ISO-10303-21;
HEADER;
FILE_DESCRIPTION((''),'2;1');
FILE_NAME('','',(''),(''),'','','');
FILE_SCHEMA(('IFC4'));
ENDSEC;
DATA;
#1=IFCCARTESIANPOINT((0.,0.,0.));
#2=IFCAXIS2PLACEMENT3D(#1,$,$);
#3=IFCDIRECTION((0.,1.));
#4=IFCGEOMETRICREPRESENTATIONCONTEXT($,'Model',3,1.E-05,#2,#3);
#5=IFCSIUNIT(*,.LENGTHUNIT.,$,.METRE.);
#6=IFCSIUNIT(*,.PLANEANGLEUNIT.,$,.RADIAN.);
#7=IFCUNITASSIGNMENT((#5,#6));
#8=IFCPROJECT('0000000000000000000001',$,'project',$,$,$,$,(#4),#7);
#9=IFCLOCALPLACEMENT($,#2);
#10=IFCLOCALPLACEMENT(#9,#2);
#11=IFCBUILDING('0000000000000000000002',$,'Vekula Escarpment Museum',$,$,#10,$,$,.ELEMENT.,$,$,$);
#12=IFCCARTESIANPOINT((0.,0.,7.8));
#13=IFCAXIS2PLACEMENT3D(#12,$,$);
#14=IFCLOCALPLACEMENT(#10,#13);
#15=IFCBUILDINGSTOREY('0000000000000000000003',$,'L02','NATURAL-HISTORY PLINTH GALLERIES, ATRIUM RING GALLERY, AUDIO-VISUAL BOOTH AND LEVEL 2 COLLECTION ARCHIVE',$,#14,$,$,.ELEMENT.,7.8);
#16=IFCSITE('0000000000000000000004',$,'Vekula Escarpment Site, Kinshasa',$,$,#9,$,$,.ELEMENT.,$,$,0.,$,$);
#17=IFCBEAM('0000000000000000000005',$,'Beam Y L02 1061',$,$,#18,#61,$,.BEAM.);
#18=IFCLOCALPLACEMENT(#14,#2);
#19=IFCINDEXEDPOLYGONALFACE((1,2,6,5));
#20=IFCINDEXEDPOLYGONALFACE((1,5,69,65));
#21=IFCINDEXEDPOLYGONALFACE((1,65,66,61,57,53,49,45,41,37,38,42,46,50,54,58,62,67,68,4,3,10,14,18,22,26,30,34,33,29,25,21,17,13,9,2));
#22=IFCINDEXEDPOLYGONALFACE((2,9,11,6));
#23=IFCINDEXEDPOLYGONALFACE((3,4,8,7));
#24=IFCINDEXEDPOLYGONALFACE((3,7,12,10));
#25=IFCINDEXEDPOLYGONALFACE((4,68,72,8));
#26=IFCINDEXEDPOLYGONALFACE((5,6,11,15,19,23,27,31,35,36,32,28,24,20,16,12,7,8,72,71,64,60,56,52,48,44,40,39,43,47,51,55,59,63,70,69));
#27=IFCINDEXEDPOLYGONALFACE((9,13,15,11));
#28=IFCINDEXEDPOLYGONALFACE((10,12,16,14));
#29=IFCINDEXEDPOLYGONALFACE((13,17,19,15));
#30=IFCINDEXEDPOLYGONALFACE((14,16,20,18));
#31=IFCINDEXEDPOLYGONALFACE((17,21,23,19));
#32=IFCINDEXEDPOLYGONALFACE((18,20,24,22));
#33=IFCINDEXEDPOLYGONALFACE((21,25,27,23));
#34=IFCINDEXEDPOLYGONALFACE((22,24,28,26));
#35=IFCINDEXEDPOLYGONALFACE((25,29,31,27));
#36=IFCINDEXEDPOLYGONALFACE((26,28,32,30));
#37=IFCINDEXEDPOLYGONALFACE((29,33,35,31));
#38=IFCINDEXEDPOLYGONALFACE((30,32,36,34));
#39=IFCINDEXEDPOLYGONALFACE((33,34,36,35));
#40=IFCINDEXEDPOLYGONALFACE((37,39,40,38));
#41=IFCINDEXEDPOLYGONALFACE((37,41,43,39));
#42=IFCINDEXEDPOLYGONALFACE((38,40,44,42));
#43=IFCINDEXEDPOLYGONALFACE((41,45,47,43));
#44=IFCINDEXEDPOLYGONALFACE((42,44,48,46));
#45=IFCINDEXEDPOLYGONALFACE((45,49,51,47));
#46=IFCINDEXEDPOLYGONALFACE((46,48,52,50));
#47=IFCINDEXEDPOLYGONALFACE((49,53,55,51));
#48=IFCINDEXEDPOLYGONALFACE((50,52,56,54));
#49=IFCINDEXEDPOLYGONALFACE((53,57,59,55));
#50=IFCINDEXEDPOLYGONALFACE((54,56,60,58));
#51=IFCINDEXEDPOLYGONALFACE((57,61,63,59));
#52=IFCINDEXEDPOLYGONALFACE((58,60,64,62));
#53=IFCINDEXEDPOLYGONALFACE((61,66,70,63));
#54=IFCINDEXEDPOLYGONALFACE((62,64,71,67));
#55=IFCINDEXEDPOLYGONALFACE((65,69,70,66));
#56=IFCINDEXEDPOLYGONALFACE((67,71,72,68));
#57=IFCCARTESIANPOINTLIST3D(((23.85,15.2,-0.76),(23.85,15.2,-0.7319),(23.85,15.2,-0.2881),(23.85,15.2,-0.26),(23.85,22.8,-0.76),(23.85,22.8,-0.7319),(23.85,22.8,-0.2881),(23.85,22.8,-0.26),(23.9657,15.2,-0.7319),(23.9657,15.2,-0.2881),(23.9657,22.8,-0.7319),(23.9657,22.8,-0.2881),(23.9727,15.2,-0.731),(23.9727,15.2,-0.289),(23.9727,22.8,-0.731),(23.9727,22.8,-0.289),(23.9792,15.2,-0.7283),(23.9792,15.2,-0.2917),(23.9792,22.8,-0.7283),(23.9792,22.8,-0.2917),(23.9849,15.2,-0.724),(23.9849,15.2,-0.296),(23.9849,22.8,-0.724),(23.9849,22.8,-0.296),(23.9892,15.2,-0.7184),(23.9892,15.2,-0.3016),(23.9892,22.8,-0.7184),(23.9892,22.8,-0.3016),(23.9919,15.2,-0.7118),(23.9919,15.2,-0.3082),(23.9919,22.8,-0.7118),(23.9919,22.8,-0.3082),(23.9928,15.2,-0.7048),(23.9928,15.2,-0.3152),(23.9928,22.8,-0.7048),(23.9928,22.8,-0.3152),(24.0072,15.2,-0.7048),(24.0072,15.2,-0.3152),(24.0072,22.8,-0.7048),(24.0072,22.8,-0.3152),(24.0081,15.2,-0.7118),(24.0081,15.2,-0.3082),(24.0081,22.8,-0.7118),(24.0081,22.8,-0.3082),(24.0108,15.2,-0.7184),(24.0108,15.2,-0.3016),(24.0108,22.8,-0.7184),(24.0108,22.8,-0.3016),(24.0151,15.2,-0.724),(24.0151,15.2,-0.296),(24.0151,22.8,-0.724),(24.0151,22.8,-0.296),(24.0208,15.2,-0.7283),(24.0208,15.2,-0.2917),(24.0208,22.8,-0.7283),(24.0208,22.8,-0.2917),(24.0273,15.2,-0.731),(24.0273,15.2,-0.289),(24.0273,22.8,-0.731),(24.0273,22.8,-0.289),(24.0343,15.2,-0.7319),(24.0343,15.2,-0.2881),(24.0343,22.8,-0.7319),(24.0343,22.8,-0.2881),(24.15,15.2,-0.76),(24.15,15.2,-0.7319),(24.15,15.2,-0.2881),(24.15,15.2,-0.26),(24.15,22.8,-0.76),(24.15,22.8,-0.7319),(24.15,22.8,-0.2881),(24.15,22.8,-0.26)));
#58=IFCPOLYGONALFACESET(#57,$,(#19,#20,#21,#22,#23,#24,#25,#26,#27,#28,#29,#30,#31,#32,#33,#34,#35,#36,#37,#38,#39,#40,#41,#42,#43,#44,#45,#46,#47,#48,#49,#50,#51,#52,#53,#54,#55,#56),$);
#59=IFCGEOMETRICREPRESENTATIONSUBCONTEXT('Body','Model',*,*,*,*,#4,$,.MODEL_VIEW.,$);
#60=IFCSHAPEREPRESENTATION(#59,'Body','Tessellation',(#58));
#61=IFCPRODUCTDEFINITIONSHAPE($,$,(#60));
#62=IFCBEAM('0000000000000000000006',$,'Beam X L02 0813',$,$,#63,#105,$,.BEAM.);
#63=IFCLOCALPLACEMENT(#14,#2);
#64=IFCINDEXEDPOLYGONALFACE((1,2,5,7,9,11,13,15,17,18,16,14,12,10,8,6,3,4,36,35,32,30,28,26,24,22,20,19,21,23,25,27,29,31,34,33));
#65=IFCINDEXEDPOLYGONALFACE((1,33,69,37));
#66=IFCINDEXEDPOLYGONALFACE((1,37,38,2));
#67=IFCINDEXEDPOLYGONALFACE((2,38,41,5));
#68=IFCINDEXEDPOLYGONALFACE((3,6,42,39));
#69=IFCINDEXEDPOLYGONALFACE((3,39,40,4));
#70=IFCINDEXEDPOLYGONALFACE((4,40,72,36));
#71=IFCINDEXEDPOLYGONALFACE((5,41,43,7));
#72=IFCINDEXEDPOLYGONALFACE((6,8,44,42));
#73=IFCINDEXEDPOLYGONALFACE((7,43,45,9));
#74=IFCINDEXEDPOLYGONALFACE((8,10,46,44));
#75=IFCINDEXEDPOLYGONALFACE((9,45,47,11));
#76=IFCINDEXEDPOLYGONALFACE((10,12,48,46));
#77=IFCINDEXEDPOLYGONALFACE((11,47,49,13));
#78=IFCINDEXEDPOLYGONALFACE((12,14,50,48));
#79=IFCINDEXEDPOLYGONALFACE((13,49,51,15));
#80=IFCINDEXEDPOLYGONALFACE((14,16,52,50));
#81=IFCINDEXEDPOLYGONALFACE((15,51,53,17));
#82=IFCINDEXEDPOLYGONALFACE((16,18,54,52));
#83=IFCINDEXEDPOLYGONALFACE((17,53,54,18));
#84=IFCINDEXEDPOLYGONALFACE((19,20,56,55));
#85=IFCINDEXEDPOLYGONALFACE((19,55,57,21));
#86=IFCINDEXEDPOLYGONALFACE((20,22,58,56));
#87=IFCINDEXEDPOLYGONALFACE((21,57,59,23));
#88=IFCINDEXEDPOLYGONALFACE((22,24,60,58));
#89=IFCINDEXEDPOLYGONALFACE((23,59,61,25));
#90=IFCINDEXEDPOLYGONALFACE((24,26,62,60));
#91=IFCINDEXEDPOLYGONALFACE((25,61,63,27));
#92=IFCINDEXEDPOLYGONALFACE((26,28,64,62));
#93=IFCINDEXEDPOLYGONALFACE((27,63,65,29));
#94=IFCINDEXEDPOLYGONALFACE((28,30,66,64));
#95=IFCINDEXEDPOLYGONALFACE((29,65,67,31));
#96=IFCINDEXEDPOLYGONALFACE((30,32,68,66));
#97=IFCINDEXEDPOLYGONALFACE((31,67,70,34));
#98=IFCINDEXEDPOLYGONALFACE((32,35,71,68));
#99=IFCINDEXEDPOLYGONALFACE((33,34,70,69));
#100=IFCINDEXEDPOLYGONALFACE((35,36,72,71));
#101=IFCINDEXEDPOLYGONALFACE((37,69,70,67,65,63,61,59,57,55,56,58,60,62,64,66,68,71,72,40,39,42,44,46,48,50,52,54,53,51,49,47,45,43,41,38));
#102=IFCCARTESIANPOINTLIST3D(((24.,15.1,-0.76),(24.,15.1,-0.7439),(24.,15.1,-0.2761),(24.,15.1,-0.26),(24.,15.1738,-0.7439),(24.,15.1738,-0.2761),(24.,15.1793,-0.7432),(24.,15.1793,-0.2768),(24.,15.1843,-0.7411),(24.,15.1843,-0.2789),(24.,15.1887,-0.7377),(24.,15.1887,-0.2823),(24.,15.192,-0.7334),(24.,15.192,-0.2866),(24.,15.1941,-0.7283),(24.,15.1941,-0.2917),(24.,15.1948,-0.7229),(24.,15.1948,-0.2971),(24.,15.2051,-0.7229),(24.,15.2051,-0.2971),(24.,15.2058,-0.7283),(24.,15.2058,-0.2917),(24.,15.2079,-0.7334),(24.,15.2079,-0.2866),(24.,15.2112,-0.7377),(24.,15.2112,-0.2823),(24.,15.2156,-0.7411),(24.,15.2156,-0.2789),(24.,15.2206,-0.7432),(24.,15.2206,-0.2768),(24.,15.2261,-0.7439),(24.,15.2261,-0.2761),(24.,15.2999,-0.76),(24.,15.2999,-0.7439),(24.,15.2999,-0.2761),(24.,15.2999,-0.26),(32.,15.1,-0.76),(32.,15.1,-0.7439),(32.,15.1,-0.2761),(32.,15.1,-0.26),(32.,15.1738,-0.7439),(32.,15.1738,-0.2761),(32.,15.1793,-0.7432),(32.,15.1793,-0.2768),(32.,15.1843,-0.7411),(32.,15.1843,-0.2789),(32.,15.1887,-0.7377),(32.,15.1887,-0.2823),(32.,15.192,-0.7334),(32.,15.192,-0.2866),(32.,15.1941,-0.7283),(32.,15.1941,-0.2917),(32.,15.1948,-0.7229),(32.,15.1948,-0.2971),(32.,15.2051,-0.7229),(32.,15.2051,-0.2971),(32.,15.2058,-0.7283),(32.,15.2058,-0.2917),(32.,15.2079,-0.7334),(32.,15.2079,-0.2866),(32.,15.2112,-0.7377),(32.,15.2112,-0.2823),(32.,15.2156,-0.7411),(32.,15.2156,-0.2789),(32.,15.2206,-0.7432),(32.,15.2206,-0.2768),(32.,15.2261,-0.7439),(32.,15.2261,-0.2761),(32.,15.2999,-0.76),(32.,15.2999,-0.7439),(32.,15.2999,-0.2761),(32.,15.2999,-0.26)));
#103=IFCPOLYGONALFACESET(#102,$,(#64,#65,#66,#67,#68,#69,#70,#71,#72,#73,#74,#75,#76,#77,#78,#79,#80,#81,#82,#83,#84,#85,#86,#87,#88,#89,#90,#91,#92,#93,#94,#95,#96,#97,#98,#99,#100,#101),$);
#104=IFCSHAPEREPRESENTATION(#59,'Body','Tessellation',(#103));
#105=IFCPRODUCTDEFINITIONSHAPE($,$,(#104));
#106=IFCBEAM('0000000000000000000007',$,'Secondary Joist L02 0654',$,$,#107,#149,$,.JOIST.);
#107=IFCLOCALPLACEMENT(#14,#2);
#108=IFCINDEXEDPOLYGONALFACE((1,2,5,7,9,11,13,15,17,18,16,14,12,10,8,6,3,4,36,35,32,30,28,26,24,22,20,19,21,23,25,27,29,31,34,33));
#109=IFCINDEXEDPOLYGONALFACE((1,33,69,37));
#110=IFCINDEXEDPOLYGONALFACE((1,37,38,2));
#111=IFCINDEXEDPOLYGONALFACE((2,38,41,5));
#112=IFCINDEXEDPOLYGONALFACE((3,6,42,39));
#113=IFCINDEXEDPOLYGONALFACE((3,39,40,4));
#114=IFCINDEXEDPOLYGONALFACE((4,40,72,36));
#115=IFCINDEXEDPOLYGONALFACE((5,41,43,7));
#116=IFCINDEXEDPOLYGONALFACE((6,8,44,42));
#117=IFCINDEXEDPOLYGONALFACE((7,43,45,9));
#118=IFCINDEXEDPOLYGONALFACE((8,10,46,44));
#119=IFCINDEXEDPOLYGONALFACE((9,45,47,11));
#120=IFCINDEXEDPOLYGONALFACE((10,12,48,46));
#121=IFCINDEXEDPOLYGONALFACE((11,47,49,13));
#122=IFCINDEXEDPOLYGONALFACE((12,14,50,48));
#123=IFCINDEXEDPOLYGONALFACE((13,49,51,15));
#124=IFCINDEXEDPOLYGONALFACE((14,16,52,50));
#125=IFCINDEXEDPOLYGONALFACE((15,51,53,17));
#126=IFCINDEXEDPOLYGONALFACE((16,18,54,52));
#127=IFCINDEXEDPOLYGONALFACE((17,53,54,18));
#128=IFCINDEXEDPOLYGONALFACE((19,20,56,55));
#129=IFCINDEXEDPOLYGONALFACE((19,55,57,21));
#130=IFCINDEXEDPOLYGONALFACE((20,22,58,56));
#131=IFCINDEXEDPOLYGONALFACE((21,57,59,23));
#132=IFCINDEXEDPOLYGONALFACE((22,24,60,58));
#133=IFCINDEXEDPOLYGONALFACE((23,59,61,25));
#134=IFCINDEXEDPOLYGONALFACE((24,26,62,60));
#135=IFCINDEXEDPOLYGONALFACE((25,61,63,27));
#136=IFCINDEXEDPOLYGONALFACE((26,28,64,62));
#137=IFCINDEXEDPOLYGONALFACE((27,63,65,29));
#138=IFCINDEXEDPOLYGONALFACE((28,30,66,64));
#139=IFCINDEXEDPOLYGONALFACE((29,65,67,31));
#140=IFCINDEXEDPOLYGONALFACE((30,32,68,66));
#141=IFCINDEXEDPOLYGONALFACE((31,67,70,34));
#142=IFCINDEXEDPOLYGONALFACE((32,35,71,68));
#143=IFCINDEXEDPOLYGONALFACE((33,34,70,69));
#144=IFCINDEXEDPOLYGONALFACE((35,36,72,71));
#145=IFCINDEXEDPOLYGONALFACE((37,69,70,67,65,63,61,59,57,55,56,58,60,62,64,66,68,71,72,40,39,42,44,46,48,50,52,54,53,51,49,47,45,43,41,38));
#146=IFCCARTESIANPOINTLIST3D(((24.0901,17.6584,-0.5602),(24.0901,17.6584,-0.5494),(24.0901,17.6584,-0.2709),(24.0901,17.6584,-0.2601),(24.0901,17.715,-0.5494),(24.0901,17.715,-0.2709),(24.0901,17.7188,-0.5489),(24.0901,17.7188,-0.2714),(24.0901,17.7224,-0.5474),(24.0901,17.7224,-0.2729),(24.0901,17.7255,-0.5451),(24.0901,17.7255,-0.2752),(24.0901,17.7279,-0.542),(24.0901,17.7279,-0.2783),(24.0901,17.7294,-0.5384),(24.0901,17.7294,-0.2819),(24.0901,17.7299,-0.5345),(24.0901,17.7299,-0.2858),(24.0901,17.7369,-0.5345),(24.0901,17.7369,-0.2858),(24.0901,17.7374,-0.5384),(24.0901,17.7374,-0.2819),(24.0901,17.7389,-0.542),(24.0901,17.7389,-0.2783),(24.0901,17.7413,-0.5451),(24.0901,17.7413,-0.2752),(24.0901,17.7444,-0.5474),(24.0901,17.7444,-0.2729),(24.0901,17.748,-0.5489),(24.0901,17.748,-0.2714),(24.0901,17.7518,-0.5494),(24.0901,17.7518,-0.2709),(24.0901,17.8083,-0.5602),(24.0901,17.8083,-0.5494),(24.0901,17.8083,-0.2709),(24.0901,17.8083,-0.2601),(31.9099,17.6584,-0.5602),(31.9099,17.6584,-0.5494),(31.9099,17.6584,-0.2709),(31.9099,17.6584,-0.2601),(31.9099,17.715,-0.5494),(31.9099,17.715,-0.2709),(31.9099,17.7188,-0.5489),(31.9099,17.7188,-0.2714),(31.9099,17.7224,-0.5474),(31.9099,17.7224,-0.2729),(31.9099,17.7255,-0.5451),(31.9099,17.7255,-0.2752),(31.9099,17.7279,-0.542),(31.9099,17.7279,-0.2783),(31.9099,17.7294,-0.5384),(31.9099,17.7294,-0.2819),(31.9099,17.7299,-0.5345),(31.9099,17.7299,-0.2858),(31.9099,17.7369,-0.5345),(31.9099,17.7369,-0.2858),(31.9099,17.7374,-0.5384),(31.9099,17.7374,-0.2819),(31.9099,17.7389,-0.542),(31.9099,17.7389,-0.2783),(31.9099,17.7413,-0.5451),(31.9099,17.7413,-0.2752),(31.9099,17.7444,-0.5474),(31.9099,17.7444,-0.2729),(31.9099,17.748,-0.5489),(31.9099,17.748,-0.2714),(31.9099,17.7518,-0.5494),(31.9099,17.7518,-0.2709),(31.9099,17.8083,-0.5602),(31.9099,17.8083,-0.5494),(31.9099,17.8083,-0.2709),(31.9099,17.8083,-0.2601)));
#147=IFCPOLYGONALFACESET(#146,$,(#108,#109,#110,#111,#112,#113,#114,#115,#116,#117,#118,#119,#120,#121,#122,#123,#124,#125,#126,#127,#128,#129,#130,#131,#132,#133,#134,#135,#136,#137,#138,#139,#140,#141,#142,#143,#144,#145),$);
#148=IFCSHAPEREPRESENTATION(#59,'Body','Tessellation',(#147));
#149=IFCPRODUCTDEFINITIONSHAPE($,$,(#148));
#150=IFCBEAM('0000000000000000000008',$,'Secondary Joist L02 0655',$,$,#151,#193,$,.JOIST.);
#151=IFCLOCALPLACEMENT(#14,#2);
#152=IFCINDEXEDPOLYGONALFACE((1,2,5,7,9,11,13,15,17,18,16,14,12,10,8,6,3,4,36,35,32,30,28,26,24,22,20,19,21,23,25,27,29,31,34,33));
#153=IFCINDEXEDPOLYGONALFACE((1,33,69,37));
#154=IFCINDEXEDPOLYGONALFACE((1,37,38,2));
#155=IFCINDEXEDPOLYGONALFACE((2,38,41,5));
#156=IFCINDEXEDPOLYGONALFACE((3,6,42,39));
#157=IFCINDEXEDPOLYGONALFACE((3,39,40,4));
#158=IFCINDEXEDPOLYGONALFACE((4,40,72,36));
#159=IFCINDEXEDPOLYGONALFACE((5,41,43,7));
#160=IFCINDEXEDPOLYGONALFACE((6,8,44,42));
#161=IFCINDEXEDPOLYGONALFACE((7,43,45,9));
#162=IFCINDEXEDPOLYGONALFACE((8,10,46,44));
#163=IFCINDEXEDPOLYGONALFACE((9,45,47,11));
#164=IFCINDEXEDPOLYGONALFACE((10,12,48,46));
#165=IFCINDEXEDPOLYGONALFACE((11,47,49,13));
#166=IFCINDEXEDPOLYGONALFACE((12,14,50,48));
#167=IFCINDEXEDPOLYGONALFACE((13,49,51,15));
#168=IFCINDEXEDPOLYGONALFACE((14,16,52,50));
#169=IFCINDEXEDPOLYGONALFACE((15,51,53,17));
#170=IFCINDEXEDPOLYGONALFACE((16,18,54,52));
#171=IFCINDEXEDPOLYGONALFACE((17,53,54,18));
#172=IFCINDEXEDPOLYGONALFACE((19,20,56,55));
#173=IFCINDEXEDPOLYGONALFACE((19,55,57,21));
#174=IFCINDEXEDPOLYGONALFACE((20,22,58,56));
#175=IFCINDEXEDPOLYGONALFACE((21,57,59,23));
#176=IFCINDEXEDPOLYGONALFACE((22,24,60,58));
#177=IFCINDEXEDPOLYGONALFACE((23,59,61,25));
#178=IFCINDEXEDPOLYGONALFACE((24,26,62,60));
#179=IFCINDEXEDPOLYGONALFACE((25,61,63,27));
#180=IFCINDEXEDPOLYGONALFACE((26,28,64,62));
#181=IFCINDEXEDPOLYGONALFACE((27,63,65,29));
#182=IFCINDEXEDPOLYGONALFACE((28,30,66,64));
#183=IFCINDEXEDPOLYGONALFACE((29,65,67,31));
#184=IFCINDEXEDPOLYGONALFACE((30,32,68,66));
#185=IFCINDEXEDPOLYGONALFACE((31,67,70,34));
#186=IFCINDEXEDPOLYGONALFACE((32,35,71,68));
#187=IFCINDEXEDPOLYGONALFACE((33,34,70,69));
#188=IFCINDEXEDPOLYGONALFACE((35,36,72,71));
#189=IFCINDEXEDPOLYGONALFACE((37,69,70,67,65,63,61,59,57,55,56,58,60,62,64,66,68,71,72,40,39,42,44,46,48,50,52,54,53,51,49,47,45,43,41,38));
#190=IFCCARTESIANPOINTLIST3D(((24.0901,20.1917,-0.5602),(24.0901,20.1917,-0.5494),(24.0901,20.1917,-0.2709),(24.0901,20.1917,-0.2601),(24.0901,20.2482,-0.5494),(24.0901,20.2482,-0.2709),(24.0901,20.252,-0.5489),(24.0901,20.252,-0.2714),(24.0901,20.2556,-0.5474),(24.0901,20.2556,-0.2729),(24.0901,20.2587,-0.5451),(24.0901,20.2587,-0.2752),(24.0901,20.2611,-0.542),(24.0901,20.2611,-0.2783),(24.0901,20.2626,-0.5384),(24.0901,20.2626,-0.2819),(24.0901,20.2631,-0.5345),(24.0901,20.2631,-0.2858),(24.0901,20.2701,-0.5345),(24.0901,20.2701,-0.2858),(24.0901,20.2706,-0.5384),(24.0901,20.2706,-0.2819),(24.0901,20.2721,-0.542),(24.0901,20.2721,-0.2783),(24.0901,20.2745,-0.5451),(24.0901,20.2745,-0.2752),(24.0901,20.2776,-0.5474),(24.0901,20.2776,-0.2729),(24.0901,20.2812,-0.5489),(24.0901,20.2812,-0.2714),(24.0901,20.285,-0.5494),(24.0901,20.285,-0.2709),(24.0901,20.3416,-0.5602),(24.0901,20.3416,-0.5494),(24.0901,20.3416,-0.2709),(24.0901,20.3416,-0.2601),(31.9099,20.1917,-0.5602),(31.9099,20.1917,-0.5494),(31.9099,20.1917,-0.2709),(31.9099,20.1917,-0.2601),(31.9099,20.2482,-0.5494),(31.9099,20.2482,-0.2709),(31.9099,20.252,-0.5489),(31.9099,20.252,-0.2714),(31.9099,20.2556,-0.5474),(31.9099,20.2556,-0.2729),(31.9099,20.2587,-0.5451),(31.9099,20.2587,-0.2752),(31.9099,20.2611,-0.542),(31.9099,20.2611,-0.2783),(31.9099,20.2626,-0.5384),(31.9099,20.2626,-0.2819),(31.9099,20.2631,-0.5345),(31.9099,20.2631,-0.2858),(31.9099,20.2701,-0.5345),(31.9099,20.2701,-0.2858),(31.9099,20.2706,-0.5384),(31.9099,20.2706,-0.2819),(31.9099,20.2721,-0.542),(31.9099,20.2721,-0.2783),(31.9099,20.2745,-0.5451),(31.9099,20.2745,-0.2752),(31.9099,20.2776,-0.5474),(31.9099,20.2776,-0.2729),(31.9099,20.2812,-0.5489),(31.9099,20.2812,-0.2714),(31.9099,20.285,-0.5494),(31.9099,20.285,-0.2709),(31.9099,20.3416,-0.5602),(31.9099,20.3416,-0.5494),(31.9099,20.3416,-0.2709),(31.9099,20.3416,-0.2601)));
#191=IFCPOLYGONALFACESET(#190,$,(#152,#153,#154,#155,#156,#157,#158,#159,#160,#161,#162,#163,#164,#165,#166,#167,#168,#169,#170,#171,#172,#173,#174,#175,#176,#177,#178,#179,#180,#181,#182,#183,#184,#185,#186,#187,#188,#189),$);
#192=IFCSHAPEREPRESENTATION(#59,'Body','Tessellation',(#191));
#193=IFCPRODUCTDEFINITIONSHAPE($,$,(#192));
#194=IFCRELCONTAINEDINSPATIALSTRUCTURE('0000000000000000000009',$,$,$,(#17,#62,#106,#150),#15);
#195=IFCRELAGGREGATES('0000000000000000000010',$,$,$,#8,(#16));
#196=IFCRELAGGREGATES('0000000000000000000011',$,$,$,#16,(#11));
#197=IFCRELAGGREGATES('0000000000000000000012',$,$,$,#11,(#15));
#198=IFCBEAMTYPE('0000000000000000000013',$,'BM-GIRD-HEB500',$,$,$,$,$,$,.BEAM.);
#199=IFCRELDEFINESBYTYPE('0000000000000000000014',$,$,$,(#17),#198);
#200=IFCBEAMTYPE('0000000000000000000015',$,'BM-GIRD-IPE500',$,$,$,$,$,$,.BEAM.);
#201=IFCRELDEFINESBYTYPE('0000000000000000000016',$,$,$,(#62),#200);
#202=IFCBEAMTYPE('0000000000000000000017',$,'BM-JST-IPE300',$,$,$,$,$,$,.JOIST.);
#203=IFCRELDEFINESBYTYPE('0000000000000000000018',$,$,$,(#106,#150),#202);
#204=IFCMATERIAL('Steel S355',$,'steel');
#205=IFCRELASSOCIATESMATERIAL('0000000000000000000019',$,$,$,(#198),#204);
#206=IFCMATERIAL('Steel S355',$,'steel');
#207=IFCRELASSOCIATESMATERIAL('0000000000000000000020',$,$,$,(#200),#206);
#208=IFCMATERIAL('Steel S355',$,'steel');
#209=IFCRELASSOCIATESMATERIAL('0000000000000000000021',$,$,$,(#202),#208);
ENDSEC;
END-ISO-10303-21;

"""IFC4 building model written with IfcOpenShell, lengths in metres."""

from ifc_helpers import new_model, si_unit, direction, frame, origin, origin_2d, place, context, subcontext, project, spatial, i_section, extrude, material, material_profile, profile_set, type_object, element, save


model = new_model("IFC4")

# Units and contexts
model_context = context("Model", 3, precision=1e-05, world=origin(), true_north=direction((0.0, 1.0)))
body_context = subcontext(model_context, "Body", "Model", "MODEL_VIEW")
ifc_project = project(units=[si_unit("LENGTHUNIT", "METRE"), si_unit("PLANEANGLEUNIT", "RADIAN")], contexts=[model_context])

# Site, building, storey
site_placement = place(None, origin())
site = spatial("IfcSite", under=ifc_project, at=site_placement, Name="Vekula Escarpment Site, Kinshasa", CompositionType="ELEMENT", RefElevation=0.0)
building_placement = place(site_placement, origin())
building = spatial("IfcBuilding", under=site, at=building_placement, Name="Vekula Escarpment Museum", CompositionType="ELEMENT")
storey_placement = place(building_placement, frame((0.0, 0.0, 7.8)))
storey = spatial("IfcBuildingStorey", under=building, at=storey_placement, Name="L02", Description="NATURAL-HISTORY PLINTH GALLERIES, ATRIUM RING GALLERY, AUDIO-VISUAL BOOTH AND LEVEL 2 COLLECTION ARCHIVE", CompositionType="ELEMENT", Elevation=7.8)

# Beams
ifc_material_1 = material(Name="Steel S355", Category="steel")
ifc_material_profile_1 = material_profile(ifc_material_1, i_section(OverallWidth=0.3, OverallDepth=0.5, WebThickness=0.0144, FlangeThickness=0.0281, FilletRadius=0.0271, at=origin_2d()), Name="HEB 500")
ifc_profile_set_1 = profile_set([ifc_material_profile_1], Name="Steel S355")
beam_type_1 = type_object("IfcBeamType", Name="BM-GIRD-HEB500", PredefinedType="BEAM", material=ifc_profile_set_1)
beam_1_placement = place(storey_placement, frame((24.0, 15.2, -0.51), z_axis=(0.0, 1.0, 0.0), x_axis=(-1.0, 0.0, 0.0)))
element("IfcBeam", 1, at=beam_1_placement, inside=storey, type_object=beam_type_1, Name="Beam Y L02 1061", PredefinedType="BEAM", context=body_context, shape_type="SweptSolid", body=[
    extrude(i_section(OverallWidth=0.3, OverallDepth=0.5, WebThickness=0.0144, FlangeThickness=0.0281, FilletRadius=0.0271, at=origin_2d()), origin(), (0.0, 0.0, 1.0), 7.6001),
])
ifc_material_2 = material(Name="Steel S355", Category="steel")
ifc_material_profile_2 = material_profile(ifc_material_2, i_section(OverallWidth=0.2, OverallDepth=0.5, WebThickness=0.0103, FlangeThickness=0.0161, FilletRadius=0.021, at=origin_2d()), Name="IPE 500")
ifc_profile_set_2 = profile_set([ifc_material_profile_2], Name="Steel S355")
beam_type_2 = type_object("IfcBeamType", Name="BM-GIRD-IPE500", PredefinedType="BEAM", material=ifc_profile_set_2)
beam_2_placement = place(storey_placement, frame((24.0, 15.2, -0.51), z_axis=(1.0, 0.0, 0.0), x_axis=(0.0, 1.0, 0.0)))
element("IfcBeam", 2, at=beam_2_placement, inside=storey, type_object=beam_type_2, Name="Beam X L02 0813", PredefinedType="BEAM", context=body_context, shape_type="SweptSolid", body=[
    extrude(i_section(OverallWidth=0.2, OverallDepth=0.5, WebThickness=0.0103, FlangeThickness=0.0161, FilletRadius=0.021, at=origin_2d()), origin(), (0.0, 0.0, 1.0), 8.0),
])
ifc_material_3 = material(Name="Steel S355", Category="steel")
ifc_material_profile_3 = material_profile(ifc_material_3, i_section(OverallWidth=0.1499, OverallDepth=0.3, WebThickness=0.0071, FlangeThickness=0.0107, FilletRadius=0.0149, at=origin_2d()), Name="IPE 300")
ifc_profile_set_3 = profile_set([ifc_material_profile_3], Name="Steel S355")
beam_type_3 = type_object("IfcBeamType", Name="BM-JST-IPE300", PredefinedType="JOIST", material=ifc_profile_set_3)
for number, where, z_axis, x_axis, name in (
    (3, (24.0901, 17.7334, -0.4102), (1.0, 0.0, 0.0), (0.0, 1.0, 0.0), "Secondary Joist L02 0654"),
    (4, (24.0901, 20.2666, -0.4102), (1.0, 0.0, 0.0), (0.0, 1.0, 0.0), "Secondary Joist L02 0655"),
):
    element("IfcBeam", number, at=place(storey_placement, frame(where, z_axis=z_axis, x_axis=x_axis)), inside=storey, type_object=beam_type_3, Name=name, PredefinedType="JOIST", context=body_context, shape_type="SweptSolid", body=[
        extrude(i_section(OverallWidth=0.1499, OverallDepth=0.3, WebThickness=0.0071, FlangeThickness=0.0107, FilletRadius=0.0149, at=origin_2d()), origin(), (0.0, 0.0, 1.0), 7.8198),
    ])

save(model, "model.ifc")
